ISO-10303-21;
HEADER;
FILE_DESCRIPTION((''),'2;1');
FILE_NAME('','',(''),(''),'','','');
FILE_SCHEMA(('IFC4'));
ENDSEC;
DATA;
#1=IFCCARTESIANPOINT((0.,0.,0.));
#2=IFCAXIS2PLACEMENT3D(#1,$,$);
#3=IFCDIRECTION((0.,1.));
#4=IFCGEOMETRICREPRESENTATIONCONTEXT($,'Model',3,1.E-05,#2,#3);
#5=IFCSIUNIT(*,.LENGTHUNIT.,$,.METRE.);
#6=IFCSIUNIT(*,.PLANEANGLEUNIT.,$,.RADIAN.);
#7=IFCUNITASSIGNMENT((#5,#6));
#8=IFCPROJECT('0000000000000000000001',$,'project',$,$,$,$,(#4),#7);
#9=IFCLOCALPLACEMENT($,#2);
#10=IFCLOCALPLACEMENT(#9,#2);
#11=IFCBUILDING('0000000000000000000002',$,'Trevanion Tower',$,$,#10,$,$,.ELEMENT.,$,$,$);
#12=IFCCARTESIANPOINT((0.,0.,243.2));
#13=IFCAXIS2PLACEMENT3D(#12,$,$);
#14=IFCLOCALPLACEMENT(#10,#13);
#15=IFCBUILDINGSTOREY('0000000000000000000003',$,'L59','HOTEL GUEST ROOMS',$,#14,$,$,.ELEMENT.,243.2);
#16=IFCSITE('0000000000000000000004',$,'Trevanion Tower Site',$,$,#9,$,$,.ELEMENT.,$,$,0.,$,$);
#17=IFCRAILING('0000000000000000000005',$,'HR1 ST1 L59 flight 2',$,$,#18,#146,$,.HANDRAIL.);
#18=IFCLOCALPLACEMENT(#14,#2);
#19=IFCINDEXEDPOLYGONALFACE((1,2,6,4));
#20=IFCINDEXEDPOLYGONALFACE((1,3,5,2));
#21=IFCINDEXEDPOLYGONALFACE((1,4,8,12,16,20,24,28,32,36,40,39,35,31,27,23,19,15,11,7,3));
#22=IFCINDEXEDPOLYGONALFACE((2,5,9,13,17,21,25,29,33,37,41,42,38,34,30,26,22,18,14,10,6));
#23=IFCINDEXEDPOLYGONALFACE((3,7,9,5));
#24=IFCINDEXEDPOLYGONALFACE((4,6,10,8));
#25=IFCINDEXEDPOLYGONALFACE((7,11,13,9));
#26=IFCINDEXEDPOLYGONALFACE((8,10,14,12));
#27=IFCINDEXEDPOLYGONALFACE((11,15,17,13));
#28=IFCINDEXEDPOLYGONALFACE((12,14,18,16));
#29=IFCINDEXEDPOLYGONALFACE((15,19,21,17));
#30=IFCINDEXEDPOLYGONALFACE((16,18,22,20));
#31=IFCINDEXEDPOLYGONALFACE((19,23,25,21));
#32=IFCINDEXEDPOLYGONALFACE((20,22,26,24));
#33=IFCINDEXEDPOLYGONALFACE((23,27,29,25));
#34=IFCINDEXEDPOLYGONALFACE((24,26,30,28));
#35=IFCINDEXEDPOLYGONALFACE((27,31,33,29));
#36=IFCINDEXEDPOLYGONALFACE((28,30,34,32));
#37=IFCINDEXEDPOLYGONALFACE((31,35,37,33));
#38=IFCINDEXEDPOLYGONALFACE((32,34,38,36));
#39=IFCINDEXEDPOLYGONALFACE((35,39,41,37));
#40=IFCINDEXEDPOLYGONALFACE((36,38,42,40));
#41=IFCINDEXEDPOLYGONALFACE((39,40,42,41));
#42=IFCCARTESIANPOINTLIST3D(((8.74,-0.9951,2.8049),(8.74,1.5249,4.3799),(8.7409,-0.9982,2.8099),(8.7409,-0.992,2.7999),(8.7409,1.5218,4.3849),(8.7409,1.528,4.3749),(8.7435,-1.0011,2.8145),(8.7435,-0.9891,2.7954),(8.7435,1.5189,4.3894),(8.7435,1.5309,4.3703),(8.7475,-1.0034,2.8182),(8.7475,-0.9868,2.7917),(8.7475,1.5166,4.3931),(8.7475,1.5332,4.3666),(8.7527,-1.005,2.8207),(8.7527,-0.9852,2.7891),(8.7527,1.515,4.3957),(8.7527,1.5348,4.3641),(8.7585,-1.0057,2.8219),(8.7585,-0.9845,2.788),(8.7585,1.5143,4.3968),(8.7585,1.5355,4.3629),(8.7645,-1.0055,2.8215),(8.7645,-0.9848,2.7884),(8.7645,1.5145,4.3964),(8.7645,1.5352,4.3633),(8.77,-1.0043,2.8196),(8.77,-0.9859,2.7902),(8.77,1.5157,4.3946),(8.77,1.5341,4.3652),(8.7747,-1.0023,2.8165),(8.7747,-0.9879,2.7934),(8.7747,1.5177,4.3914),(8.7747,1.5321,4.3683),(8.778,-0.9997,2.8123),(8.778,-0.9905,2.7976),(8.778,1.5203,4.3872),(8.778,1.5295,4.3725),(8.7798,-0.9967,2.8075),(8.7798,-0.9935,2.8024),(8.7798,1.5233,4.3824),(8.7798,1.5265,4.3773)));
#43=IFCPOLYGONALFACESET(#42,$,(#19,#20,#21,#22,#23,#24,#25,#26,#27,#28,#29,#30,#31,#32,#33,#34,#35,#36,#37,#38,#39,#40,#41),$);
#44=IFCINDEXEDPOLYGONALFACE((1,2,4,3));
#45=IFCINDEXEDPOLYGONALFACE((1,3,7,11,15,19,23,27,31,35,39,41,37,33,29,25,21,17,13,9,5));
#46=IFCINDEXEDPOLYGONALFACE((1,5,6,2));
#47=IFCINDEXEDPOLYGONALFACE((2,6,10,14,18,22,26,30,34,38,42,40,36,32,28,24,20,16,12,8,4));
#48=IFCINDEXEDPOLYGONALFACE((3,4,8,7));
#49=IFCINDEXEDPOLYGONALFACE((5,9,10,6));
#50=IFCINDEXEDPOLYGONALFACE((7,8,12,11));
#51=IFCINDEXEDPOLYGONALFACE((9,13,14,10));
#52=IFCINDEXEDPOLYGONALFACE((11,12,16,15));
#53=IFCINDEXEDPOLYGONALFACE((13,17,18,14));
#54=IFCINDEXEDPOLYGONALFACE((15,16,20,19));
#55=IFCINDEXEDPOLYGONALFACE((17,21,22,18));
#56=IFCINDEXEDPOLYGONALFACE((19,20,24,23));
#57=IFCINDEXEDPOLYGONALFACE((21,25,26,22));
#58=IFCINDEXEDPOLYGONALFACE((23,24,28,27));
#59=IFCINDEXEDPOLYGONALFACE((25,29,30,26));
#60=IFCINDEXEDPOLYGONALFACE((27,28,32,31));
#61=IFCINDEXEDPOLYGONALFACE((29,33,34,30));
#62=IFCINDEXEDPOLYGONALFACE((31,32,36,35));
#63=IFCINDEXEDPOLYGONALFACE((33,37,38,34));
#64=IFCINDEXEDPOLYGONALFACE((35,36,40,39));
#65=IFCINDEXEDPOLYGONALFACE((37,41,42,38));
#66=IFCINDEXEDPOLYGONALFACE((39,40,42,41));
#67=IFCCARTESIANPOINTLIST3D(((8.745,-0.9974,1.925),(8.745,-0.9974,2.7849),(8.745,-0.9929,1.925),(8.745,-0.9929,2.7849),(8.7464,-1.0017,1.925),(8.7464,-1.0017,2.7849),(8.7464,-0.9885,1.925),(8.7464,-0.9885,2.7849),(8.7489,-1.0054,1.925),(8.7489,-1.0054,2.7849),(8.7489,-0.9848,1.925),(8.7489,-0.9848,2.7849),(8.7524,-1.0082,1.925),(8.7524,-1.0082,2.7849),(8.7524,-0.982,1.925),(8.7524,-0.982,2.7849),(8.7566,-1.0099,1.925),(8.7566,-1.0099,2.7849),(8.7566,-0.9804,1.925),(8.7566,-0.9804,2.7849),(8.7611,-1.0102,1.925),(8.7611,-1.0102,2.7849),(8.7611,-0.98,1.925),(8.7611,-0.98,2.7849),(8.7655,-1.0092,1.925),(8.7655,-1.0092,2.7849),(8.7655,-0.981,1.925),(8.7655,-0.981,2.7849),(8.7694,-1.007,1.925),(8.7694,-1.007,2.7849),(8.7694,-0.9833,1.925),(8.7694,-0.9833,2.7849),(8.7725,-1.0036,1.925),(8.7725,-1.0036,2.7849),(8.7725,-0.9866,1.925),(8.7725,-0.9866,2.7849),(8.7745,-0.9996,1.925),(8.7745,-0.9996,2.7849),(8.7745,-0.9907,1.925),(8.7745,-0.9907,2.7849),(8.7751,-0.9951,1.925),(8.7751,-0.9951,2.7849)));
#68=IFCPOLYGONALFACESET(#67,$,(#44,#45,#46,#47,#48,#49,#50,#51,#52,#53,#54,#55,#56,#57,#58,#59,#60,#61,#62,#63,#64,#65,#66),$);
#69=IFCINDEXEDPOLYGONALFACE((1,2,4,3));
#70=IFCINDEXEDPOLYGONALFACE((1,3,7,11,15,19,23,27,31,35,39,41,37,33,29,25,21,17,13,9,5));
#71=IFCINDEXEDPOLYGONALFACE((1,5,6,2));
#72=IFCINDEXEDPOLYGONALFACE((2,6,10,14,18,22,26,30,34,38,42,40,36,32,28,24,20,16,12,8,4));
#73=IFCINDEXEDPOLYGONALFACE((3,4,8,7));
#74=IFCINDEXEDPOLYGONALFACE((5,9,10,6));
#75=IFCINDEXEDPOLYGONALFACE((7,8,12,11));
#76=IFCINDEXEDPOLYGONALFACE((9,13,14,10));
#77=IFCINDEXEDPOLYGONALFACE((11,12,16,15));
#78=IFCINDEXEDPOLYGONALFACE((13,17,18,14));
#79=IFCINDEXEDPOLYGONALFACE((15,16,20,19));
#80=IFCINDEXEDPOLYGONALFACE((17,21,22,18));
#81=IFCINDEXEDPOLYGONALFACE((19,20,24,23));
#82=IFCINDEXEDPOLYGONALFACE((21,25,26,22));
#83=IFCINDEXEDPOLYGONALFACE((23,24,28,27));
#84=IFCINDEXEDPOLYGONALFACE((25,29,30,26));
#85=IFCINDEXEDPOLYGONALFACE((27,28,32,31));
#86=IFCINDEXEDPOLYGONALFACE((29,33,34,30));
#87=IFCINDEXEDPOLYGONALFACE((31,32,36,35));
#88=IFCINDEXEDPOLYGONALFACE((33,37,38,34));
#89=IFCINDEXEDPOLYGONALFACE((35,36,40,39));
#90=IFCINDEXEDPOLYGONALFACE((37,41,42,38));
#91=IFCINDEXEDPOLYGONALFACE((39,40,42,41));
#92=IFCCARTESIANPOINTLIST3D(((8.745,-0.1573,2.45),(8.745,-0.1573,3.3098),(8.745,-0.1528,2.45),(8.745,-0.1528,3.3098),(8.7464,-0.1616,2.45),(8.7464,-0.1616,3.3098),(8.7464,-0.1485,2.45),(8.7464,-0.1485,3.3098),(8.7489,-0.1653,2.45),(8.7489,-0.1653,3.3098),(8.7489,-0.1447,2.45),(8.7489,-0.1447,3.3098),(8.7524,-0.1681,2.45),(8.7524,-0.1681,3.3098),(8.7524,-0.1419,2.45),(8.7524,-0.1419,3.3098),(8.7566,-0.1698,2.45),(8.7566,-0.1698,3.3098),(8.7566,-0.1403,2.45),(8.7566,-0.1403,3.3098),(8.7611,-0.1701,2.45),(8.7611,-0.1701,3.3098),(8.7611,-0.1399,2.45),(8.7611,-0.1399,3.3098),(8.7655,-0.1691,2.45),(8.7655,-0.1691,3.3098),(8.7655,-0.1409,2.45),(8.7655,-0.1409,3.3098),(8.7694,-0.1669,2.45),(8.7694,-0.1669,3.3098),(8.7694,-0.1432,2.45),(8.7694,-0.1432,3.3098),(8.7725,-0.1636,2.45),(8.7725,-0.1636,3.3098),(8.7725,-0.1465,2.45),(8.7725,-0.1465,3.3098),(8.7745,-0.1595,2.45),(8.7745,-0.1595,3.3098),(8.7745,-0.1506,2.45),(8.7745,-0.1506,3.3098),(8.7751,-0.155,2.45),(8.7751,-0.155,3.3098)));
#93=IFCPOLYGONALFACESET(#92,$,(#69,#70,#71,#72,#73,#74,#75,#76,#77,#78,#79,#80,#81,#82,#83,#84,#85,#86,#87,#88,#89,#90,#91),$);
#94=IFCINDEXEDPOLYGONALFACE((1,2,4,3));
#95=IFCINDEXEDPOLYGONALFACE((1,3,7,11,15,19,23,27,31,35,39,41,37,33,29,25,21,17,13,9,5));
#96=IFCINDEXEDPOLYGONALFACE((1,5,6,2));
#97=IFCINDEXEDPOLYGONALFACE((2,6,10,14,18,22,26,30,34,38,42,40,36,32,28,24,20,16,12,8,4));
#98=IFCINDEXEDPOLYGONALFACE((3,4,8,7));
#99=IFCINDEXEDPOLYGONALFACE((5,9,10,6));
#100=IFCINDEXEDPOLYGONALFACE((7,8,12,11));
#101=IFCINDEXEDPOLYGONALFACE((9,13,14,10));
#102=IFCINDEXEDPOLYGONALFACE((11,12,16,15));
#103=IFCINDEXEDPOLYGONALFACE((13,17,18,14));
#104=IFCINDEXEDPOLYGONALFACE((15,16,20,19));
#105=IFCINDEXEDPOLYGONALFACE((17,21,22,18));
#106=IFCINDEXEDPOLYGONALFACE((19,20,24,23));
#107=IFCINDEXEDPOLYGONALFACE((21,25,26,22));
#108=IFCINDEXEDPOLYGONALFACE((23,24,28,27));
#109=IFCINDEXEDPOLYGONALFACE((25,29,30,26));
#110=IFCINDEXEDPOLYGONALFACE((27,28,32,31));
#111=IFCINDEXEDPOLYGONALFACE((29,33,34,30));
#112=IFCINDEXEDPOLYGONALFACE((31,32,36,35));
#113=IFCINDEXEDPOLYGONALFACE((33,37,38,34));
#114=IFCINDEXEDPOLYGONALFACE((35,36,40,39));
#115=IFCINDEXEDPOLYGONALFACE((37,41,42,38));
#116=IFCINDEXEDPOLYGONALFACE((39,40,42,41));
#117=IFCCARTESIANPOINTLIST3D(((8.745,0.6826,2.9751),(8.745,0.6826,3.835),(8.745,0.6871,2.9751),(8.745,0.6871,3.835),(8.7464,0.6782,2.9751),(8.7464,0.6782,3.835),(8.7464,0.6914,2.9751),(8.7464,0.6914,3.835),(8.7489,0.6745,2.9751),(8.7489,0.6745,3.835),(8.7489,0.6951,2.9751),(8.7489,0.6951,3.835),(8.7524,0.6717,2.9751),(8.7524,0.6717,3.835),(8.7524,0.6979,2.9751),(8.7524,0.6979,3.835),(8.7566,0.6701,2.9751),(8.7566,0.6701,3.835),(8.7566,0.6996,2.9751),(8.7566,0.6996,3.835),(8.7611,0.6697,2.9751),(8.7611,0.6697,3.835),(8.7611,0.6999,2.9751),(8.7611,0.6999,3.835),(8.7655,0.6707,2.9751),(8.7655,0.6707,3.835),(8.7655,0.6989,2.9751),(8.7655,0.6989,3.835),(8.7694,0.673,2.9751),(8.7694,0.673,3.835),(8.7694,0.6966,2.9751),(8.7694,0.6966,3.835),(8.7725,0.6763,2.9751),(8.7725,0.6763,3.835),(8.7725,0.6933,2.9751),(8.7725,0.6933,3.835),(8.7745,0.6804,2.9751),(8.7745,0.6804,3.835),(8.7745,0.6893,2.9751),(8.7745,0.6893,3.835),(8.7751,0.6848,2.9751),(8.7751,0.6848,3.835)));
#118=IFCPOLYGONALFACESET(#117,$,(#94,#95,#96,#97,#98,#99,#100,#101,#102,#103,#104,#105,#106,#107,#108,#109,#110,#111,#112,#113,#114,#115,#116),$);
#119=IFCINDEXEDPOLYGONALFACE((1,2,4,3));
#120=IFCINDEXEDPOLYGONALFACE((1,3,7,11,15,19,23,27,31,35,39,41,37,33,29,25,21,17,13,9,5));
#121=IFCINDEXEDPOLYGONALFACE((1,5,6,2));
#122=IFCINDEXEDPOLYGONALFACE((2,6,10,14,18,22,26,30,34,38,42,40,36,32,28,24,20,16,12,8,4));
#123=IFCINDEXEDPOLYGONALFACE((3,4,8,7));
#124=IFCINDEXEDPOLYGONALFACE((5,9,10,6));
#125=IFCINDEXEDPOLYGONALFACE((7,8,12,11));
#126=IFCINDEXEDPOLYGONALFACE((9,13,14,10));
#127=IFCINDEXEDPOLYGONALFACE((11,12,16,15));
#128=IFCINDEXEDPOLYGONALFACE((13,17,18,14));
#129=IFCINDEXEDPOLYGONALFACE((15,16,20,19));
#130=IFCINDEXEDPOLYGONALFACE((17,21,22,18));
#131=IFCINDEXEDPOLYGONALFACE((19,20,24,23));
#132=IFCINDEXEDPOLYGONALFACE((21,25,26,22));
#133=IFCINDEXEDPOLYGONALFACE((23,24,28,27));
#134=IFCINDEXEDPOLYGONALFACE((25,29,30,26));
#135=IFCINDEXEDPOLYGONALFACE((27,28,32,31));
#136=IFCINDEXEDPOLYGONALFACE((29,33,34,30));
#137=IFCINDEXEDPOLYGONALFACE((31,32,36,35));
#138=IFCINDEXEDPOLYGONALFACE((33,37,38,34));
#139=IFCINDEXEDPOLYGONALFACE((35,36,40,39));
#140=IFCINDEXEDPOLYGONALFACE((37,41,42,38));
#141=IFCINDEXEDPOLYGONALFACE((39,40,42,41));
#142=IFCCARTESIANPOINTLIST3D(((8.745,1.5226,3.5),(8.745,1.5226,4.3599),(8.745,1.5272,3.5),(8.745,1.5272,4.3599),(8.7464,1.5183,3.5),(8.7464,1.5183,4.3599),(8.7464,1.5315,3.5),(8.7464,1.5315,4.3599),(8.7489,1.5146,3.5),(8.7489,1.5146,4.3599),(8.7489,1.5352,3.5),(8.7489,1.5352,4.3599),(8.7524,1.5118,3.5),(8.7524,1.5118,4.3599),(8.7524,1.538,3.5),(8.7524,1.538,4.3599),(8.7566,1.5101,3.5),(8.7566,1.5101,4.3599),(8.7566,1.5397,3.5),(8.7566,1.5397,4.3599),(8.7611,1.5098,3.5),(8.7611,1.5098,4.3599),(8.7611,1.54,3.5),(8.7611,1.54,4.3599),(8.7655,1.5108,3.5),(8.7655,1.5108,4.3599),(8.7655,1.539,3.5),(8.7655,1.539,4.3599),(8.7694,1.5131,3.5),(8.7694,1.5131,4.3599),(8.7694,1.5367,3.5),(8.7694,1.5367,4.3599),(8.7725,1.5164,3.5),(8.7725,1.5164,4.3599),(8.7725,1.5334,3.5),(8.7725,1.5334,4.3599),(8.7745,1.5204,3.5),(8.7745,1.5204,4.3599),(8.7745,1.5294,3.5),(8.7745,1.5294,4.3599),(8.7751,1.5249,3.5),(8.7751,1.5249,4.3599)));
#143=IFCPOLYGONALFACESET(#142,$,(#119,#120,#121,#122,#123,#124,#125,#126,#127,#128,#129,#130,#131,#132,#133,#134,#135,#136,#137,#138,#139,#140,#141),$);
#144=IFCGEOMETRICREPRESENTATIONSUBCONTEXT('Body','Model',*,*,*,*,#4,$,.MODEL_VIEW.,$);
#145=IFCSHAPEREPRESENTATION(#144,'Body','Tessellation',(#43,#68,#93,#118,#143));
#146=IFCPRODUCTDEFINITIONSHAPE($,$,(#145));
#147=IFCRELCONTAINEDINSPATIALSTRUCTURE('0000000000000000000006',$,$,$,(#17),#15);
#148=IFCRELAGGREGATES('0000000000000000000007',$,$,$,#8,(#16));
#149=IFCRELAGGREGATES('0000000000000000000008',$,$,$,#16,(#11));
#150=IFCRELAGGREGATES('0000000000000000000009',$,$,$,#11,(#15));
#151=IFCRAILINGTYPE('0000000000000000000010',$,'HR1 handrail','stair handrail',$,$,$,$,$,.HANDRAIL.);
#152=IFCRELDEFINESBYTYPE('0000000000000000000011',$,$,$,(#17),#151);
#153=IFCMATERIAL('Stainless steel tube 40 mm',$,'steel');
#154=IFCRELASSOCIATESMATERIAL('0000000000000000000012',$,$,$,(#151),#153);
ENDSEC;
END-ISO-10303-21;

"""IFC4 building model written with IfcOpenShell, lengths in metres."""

from ifc_helpers import new_model, si_unit, direction, frame, origin, origin_2d, place, context, subcontext, project, spatial, circle, extrude, material, type_object, element, save


model = new_model("IFC4")

# Units and contexts
model_context = context("Model", 3, precision=1e-05, world=origin(), true_north=direction((0.0, 1.0)))
body_context = subcontext(model_context, "Body", "Model", "MODEL_VIEW")
ifc_project = project(units=[si_unit("LENGTHUNIT", "METRE"), si_unit("PLANEANGLEUNIT", "RADIAN")], contexts=[model_context])

# Site, building, storey
site_placement = place(None, origin())
site = spatial("IfcSite", under=ifc_project, at=site_placement, Name="Trevanion Tower Site", CompositionType="ELEMENT", RefElevation=0.0)
building_placement = place(site_placement, origin())
building = spatial("IfcBuilding", under=site, at=building_placement, Name="Trevanion Tower", CompositionType="ELEMENT")
storey_placement = place(building_placement, frame((0.0, 0.0, 243.2)))
storey = spatial("IfcBuildingStorey", under=building, at=storey_placement, Name="L59", Description="HOTEL GUEST ROOMS", CompositionType="ELEMENT", Elevation=243.2)

# Railing
ifc_material_1 = material(Name="Stainless steel tube 40 mm", Category="steel")
railing_type = type_object("IfcRailingType", Name="HR1 handrail", Description="stair handrail", PredefinedType="HANDRAIL", material=ifc_material_1)
for number, where, name in (
    (1, (8.76, -0.9951, 1.925), "HR1 ST1 L59 flight 2"),
):
    element("IfcRailing", number, at=place(storey_placement, frame(where)), inside=storey, type_object=railing_type, Name=name, PredefinedType="HANDRAIL", context=body_context, shape_type="SweptSolid", body=[
        extrude(circle(Radius=0.02, at=origin_2d()), frame((0.0, 0.0, 0.8799), z_axis=(0.0, 0.848008, 0.529984), x_axis=(-1.0, 0.0, 0.0)), (0.0, 0.0, 1.0), 2.9717),
        extrude(circle(Radius=0.0151, at=origin_2d()), origin(), (0.0, 0.0, 1.0), 0.8599),
        extrude(circle(Radius=0.0151, at=origin_2d()), frame((0.0, 0.8401, 0.5249)), (0.0, 0.0, 1.0), 0.8599),
        extrude(circle(Radius=0.0151, at=origin_2d()), frame((0.0, 1.6799, 1.05)), (0.0, 0.0, 1.0), 0.8599),
        extrude(circle(Radius=0.0151, at=origin_2d()), frame((0.0, 2.52, 1.575)), (0.0, 0.0, 1.0), 0.8599),
    ])

save(model, "model.ifc")
